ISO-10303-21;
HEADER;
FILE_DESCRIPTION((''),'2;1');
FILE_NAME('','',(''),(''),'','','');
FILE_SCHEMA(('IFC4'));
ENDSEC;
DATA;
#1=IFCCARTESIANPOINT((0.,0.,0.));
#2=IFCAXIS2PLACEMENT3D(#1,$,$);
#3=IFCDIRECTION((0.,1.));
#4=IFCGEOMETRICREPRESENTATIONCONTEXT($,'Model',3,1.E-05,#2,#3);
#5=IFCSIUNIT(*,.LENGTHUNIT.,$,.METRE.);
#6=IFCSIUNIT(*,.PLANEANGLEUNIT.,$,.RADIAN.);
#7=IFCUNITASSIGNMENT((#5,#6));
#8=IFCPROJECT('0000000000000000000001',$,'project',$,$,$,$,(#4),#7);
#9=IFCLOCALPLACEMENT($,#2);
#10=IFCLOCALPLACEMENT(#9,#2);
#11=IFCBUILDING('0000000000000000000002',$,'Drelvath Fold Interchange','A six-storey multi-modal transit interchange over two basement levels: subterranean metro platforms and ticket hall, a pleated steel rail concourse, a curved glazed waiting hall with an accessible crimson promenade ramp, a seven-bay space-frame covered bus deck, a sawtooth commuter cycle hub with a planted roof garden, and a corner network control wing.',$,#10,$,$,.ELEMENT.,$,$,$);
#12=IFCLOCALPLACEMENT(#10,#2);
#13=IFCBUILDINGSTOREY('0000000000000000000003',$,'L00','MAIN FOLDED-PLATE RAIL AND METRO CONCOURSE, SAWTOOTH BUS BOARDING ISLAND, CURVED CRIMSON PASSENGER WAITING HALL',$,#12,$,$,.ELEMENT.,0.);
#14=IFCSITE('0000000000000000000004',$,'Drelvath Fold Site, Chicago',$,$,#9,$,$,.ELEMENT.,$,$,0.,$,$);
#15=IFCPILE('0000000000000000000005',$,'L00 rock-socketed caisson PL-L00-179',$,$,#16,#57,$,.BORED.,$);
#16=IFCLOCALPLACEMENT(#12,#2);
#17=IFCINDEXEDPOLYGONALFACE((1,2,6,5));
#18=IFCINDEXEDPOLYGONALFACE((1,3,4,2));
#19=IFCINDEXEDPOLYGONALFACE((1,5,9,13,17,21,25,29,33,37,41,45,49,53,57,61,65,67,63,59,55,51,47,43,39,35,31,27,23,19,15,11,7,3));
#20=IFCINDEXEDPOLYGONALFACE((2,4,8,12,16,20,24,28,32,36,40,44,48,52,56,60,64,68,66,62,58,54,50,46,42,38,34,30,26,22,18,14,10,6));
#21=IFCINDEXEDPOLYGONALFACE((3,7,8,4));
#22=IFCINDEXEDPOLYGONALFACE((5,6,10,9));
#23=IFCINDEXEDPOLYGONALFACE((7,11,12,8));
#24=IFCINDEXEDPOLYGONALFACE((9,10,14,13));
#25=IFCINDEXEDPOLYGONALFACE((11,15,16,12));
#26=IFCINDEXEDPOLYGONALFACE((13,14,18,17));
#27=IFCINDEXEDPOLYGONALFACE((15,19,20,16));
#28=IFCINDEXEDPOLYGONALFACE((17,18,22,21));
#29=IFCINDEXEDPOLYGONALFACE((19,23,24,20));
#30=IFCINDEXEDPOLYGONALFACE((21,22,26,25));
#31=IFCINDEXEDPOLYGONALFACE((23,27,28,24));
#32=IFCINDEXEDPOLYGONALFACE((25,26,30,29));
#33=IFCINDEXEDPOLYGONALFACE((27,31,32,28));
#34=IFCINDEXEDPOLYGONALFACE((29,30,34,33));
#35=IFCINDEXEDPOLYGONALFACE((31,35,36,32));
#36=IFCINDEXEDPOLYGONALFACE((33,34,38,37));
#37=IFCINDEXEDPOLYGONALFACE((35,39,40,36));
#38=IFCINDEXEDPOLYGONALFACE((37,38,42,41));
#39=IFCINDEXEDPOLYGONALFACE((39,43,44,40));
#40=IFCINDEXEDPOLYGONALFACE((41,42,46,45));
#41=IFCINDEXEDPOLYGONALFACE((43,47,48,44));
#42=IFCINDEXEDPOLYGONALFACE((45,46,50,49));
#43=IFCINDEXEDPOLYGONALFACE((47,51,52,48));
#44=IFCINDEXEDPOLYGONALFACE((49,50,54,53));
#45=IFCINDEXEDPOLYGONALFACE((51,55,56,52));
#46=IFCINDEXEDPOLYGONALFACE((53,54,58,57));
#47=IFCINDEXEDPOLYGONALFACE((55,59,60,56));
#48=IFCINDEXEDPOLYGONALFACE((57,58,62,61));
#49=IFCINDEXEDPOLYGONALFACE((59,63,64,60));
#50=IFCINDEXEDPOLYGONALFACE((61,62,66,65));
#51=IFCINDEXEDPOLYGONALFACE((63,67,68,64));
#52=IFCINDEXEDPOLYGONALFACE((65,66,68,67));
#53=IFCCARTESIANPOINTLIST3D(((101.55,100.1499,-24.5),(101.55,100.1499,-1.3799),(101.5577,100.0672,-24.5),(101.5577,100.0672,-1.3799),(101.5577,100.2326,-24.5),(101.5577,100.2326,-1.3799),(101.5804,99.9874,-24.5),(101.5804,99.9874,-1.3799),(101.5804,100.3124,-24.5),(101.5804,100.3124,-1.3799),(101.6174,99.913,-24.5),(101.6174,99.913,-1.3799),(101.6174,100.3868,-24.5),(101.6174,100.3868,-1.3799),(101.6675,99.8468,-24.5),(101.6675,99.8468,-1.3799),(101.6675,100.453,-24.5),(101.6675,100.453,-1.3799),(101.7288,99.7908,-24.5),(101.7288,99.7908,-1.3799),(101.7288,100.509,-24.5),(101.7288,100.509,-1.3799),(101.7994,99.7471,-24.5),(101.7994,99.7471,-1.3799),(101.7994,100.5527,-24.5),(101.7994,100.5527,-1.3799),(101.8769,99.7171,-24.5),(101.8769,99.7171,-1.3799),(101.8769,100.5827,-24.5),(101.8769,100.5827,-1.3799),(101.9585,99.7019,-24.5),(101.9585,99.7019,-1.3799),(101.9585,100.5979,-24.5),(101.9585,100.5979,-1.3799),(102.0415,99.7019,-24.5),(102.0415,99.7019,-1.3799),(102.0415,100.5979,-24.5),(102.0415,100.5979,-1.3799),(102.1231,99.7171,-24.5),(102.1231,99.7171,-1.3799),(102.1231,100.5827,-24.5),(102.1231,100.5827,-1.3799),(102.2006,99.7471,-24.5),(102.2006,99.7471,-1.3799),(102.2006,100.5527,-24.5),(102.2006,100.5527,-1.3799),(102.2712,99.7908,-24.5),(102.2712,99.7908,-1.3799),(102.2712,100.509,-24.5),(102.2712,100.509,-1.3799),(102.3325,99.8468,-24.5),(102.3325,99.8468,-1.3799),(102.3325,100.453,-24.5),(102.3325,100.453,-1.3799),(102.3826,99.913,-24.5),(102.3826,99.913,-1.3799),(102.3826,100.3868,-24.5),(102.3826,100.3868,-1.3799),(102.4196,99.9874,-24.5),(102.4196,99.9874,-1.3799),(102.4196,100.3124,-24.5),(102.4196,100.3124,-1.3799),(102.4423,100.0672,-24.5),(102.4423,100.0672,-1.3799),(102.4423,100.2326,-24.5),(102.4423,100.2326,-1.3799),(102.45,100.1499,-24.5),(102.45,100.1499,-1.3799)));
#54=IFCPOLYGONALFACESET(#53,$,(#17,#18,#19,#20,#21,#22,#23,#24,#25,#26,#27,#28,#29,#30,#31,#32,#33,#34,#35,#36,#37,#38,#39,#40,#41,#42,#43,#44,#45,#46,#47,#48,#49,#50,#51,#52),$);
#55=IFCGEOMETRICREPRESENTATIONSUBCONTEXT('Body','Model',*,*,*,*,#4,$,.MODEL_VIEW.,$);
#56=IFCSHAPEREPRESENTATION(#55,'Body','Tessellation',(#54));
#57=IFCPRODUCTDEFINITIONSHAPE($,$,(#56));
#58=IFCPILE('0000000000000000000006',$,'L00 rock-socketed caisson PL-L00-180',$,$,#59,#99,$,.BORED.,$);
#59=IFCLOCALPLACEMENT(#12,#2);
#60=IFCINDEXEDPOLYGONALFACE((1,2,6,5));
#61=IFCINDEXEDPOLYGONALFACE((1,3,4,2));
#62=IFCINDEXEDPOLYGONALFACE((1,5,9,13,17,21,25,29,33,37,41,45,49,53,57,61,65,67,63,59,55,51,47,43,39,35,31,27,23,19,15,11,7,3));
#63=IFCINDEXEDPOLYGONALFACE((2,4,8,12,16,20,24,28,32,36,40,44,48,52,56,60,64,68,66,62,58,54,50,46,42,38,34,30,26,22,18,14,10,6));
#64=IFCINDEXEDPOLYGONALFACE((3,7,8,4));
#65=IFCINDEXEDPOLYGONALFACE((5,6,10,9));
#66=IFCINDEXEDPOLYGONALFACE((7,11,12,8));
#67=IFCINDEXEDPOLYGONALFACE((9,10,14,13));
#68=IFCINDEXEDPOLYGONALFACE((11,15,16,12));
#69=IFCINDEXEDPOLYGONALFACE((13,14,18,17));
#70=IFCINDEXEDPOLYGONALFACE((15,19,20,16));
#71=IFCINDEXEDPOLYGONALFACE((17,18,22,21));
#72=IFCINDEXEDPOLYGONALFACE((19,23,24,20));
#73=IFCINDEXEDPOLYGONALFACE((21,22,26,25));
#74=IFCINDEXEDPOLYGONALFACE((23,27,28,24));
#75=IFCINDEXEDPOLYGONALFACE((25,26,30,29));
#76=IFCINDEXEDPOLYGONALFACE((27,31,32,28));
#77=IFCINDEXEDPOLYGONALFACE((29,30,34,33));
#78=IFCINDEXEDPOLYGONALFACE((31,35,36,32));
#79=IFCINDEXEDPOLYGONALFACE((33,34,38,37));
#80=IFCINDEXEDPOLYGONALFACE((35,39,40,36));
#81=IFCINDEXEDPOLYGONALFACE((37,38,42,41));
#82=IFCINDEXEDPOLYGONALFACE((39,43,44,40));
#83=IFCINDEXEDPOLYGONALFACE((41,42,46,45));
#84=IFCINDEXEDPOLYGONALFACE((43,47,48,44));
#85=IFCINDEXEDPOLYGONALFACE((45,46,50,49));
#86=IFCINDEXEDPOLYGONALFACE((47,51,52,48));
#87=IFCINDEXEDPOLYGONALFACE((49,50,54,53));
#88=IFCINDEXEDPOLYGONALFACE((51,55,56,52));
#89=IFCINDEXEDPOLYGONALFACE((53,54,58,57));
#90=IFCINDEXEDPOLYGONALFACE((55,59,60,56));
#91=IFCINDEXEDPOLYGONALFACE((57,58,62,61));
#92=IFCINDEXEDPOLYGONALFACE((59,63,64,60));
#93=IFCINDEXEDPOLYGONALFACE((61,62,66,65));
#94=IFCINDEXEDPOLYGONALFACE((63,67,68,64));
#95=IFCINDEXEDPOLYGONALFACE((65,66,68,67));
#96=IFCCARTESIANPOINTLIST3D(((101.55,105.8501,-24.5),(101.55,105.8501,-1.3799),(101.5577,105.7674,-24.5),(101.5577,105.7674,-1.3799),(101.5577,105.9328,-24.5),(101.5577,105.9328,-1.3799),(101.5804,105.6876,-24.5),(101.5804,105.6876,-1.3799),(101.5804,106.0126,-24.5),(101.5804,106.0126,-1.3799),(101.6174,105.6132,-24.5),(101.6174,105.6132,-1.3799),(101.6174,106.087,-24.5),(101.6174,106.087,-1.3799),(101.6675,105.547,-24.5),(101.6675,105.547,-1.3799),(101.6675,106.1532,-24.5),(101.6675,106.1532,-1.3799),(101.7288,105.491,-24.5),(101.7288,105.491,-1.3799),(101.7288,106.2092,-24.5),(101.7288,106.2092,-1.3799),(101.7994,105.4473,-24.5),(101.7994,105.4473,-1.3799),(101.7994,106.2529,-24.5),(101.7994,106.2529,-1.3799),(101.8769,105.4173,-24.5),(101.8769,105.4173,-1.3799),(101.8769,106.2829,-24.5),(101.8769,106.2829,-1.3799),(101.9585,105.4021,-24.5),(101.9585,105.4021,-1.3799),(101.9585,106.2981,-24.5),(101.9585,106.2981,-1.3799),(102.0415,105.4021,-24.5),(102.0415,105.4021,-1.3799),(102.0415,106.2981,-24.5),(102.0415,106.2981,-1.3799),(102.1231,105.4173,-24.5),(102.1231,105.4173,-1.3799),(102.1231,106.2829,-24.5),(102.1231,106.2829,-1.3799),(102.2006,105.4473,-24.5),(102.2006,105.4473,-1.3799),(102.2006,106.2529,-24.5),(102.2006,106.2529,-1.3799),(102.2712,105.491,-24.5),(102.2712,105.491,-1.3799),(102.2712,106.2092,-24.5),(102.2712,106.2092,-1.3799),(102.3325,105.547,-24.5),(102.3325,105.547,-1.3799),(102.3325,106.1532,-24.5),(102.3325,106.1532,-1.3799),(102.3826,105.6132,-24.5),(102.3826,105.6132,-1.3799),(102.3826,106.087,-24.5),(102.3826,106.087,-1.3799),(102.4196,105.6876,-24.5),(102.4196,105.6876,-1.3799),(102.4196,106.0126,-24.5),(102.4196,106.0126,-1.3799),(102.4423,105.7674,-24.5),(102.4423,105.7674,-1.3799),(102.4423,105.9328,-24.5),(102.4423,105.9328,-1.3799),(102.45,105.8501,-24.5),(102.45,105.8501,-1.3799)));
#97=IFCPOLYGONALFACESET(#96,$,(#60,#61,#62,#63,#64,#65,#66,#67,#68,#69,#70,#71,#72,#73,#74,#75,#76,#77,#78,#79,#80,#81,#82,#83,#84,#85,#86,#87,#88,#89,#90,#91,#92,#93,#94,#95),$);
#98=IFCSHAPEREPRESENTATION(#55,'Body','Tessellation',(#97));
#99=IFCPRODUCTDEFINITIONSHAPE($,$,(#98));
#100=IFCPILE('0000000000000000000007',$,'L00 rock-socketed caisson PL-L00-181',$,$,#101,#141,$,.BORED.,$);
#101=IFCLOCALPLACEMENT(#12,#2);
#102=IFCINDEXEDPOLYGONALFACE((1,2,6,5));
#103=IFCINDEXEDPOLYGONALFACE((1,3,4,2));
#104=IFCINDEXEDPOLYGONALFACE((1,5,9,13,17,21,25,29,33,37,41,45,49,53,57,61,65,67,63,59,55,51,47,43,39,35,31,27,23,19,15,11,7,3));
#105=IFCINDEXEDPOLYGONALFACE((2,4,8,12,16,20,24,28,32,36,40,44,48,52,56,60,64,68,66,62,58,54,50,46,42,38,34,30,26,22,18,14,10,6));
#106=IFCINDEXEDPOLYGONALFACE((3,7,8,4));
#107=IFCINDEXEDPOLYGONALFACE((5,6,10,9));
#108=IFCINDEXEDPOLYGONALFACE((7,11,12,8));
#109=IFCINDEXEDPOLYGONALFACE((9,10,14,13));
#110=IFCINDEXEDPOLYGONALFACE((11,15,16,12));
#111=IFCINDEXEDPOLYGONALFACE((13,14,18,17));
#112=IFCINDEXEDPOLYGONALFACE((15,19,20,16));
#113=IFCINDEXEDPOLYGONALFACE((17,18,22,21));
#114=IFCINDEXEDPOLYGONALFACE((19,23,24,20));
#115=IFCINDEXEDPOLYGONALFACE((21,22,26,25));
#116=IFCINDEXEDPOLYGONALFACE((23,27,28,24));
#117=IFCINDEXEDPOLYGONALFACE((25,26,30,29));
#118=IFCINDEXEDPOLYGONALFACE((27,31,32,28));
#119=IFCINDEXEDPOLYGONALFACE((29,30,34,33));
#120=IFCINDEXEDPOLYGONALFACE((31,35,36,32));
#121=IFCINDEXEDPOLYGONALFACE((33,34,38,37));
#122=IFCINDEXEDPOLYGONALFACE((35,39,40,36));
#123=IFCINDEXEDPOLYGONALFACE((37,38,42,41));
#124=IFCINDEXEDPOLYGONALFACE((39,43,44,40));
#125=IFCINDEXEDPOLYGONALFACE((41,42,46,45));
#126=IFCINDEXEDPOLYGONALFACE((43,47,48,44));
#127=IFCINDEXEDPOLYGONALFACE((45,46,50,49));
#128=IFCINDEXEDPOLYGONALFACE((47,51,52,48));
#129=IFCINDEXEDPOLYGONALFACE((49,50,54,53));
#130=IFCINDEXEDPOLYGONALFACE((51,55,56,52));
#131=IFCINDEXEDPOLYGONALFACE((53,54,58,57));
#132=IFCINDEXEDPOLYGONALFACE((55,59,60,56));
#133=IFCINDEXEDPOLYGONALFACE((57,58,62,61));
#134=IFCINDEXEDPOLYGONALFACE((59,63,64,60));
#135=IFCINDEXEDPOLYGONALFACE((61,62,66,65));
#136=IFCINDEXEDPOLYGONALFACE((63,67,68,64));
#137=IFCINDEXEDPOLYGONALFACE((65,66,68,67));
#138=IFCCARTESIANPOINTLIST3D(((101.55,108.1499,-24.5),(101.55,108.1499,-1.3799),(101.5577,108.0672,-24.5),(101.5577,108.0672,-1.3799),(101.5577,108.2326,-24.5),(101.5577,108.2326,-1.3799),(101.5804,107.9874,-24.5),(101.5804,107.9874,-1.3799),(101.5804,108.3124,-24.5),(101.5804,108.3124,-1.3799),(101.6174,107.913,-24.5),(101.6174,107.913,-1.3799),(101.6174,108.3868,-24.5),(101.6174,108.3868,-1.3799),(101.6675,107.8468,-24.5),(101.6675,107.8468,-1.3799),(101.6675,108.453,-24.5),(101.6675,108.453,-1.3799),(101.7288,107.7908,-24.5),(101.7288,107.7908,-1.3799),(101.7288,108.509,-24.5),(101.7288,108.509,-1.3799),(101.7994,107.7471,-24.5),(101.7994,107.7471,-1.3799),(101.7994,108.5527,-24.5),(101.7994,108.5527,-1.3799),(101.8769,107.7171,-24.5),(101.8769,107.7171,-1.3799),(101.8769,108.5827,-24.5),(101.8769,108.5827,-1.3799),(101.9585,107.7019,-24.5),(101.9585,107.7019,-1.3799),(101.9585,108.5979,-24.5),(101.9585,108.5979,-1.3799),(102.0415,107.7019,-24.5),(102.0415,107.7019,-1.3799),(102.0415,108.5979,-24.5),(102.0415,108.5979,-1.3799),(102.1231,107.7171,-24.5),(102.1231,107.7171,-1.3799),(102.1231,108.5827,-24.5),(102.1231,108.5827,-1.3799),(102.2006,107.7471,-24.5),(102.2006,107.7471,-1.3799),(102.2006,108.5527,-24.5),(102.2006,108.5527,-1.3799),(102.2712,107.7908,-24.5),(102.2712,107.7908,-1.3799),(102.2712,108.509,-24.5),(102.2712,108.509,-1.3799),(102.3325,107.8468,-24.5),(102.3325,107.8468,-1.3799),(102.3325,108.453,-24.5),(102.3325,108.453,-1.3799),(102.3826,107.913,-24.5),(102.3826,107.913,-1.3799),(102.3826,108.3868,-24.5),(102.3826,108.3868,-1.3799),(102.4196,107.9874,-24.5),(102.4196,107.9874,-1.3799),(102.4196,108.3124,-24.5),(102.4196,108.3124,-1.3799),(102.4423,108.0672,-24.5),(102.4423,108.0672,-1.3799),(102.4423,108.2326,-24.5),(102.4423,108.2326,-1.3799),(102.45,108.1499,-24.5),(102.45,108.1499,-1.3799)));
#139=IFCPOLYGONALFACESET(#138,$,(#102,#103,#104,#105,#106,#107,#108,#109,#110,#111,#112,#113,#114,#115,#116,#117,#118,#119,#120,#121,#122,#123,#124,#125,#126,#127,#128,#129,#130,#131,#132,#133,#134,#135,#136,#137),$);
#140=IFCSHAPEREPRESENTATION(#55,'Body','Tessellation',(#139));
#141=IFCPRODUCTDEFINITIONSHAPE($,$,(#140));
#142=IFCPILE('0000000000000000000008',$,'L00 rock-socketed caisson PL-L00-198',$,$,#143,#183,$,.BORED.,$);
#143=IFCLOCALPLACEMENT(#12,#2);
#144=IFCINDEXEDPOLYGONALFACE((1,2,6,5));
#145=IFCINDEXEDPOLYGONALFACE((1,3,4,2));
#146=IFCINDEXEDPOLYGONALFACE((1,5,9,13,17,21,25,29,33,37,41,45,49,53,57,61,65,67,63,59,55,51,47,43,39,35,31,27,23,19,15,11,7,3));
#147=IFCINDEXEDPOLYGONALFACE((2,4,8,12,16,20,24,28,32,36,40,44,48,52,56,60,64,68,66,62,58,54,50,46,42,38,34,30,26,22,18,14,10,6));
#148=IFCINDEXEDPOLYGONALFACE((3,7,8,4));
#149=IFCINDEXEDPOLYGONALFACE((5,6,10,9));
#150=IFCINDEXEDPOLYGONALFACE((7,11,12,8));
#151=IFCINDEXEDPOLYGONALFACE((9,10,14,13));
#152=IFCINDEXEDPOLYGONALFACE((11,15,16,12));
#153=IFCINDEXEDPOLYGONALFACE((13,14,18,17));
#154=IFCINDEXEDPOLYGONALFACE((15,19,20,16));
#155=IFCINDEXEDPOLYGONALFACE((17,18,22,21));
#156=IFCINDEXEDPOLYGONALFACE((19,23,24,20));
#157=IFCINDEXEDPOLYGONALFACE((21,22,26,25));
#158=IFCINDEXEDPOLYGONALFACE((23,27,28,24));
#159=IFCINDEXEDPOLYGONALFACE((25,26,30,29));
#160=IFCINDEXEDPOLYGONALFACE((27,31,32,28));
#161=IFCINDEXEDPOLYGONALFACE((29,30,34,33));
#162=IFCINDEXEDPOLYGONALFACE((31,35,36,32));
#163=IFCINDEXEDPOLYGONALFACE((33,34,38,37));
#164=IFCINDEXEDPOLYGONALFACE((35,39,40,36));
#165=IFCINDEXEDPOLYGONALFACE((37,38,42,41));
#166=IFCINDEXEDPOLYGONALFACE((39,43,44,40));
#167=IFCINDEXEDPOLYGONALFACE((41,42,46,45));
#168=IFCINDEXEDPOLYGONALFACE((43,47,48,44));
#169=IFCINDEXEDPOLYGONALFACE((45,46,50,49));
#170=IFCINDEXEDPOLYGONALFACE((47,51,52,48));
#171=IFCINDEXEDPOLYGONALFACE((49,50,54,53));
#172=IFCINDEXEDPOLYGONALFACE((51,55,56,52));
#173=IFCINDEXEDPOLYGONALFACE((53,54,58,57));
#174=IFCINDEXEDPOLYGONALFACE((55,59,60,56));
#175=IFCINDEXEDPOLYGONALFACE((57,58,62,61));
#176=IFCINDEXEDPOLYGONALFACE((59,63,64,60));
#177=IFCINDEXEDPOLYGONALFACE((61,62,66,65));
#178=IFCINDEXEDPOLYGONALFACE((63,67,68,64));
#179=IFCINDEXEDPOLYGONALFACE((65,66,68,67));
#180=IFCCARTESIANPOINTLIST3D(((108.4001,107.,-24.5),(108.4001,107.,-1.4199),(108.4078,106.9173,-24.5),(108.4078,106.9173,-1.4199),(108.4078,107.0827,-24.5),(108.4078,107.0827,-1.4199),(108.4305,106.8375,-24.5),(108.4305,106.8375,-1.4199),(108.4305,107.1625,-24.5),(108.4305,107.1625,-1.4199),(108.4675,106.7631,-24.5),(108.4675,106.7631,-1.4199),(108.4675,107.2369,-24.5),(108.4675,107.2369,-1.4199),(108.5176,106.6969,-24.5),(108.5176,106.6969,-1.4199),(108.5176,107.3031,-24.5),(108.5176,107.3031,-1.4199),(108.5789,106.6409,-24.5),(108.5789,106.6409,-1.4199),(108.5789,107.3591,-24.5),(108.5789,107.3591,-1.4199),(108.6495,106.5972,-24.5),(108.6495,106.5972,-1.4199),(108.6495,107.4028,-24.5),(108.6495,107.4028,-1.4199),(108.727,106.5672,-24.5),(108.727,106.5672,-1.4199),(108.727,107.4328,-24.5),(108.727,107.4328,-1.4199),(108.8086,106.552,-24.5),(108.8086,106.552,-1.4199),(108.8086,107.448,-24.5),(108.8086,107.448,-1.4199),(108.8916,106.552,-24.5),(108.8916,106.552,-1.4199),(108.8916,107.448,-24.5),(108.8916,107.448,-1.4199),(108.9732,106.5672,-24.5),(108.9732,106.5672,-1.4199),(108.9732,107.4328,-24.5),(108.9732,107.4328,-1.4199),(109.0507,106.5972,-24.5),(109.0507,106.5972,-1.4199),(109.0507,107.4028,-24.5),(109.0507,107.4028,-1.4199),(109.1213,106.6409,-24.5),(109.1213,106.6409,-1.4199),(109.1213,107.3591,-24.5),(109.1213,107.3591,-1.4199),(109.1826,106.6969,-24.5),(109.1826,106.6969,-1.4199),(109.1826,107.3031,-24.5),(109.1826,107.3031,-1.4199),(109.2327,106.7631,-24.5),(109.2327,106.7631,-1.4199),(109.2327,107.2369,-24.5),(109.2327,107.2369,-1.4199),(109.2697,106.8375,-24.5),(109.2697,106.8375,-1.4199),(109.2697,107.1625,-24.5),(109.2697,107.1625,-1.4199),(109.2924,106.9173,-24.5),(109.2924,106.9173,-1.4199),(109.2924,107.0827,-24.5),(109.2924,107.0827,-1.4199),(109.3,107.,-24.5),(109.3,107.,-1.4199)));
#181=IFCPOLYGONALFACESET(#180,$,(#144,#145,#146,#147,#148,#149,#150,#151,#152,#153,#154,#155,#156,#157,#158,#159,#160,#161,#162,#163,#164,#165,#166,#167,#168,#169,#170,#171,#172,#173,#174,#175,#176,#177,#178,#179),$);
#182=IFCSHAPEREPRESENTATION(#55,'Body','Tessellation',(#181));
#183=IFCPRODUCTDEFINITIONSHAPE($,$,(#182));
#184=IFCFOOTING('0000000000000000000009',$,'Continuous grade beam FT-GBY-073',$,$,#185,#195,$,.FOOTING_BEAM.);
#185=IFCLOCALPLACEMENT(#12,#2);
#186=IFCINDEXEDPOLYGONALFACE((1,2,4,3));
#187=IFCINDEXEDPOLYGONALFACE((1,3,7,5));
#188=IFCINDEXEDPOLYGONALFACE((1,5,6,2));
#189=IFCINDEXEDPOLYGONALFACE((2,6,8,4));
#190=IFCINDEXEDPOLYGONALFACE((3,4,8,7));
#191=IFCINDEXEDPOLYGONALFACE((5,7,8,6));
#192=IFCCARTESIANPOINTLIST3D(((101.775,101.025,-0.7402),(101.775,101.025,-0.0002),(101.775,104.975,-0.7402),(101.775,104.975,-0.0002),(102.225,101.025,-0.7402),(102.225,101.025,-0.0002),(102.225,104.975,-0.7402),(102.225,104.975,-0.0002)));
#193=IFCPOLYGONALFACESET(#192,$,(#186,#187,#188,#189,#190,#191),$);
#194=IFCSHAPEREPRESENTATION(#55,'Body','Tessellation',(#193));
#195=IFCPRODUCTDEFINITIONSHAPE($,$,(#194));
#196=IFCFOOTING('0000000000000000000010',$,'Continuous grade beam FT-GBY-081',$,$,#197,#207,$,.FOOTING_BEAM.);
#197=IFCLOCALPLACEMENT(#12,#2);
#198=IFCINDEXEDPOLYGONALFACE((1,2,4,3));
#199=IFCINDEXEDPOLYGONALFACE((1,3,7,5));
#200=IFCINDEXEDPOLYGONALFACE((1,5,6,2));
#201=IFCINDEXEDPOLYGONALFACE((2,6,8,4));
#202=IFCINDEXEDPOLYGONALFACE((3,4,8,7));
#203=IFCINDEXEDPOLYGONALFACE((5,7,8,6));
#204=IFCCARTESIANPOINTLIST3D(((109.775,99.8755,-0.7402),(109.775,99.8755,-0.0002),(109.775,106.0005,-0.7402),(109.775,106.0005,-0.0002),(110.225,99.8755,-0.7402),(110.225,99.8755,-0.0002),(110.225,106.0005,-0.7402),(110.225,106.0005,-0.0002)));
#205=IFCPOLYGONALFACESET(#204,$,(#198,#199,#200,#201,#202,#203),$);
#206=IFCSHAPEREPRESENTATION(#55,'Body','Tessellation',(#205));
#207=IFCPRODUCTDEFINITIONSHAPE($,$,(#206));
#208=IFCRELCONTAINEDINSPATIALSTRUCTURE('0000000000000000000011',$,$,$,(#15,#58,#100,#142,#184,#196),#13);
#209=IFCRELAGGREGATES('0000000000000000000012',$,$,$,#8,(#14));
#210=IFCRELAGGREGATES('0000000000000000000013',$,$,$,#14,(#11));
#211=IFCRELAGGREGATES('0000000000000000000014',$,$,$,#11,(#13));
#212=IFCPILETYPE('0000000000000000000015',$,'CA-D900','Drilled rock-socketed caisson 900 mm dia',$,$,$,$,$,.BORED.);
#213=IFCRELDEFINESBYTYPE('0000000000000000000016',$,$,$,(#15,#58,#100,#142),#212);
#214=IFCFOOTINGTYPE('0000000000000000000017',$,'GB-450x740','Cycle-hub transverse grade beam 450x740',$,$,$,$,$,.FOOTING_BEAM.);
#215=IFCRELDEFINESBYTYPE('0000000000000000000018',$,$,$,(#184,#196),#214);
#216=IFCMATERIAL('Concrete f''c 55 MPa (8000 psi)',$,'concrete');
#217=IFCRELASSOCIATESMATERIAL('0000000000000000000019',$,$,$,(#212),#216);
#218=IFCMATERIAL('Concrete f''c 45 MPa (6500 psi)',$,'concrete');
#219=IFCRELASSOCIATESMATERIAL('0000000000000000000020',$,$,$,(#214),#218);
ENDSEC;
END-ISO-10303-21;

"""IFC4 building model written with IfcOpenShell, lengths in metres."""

from ifc_helpers import new_model, si_unit, direction, frame, origin, origin_2d, place, context, subcontext, project, spatial, rectangle, circle, extrude, material, material_profile, profile_set, type_object, element, save


model = new_model("IFC4")

# Units and contexts
model_context = context("Model", 3, precision=1e-05, world=origin(), true_north=direction((0.0, 1.0)))
body_context = subcontext(model_context, "Body", "Model", "MODEL_VIEW")
ifc_project = project(units=[si_unit("LENGTHUNIT", "METRE"), si_unit("PLANEANGLEUNIT", "RADIAN")], contexts=[model_context])

# Site, building, storey
site_placement = place(None, origin())
site = spatial("IfcSite", under=ifc_project, at=site_placement, Name="Drelvath Fold Site, Chicago", CompositionType="ELEMENT", RefElevation=0.0)
building_placement = place(site_placement, origin())
building = spatial("IfcBuilding", under=site, at=building_placement, Name="Drelvath Fold Interchange", Description="A six-storey multi-modal transit interchange over two basement levels: subterranean metro platforms and ticket hall, a pleated steel rail concourse, a curved glazed waiting hall with an accessible crimson promenade ramp, a seven-bay space-frame covered bus deck, a sawtooth commuter cycle hub with a planted roof garden, and a corner network control wing.", CompositionType="ELEMENT")
storey_placement = place(building_placement, origin())
storey = spatial("IfcBuildingStorey", under=building, at=storey_placement, Name="L00", Description="MAIN FOLDED-PLATE RAIL AND METRO CONCOURSE, SAWTOOTH BUS BOARDING ISLAND, CURVED CRIMSON PASSENGER WAITING HALL", CompositionType="ELEMENT", Elevation=0.0)

# Piles
ifc_material_1 = material(Name="Concrete f'c 55 MPa (8000 psi)", Category="concrete")
ifc_material_profile_1 = material_profile(ifc_material_1, circle(Radius=0.45, at=origin_2d()), Name="CAISSON D900")
ifc_profile_set_1 = profile_set([ifc_material_profile_1], Name="Concrete f'c 55 MPa (8000 psi)")
pile_type = type_object("IfcPileType", Name="CA-D900", Description="Drilled rock-socketed caisson 900 mm dia", PredefinedType="BORED", material=ifc_profile_set_1)
for number, where, z_axis, x_axis, name in (
    (1, (102.0, 100.1499, -1.3799), (0.0, 0.0, -1.0), (1.0, 0.0, 0.0), "L00 rock-socketed caisson PL-L00-179"),
    (2, (102.0, 105.8501, -1.3799), (0.0, 0.0, -1.0), (1.0, 0.0, 0.0), "L00 rock-socketed caisson PL-L00-180"),
    (3, (102.0, 108.1499, -1.3799), (0.0, 0.0, -1.0), (1.0, 0.0, 0.0), "L00 rock-socketed caisson PL-L00-181"),
):
    element("IfcPile", number, at=place(storey_placement, frame(where, z_axis=z_axis, x_axis=x_axis)), inside=storey, type_object=pile_type, Name=name, PredefinedType="BORED", context=body_context, shape_type="SweptSolid", body=[
        extrude(circle(Radius=0.45, at=origin_2d()), origin(), (0.0, 0.0, 1.0), 23.1201),
    ])
pile_placement = place(storey_placement, frame((108.8501, 107.0, -1.4199), z_axis=(0.0, 0.0, -1.0), x_axis=(1.0, 0.0, 0.0)))
element("IfcPile", 4, at=pile_placement, inside=storey, type_object=pile_type, Name="L00 rock-socketed caisson PL-L00-198", PredefinedType="BORED", context=body_context, shape_type="SweptSolid", body=[
    extrude(circle(Radius=0.45, at=origin_2d()), origin(), (0.0, 0.0, 1.0), 23.0801),
])

# Footings
ifc_material_2 = material(Name="Concrete f'c 45 MPa (6500 psi)", Category="concrete")
footing_type_1 = type_object("IfcFootingType", Name="GB-450x740", Description="Cycle-hub transverse grade beam 450x740", PredefinedType="FOOTING_BEAM", material=ifc_material_2)
footing_1_placement = place(storey_placement, frame((102.0, 103.0, -0.7402), z_axis=(0.0, 0.0, 1.0), x_axis=(1.0, 0.0, 0.0)))
element("IfcFooting", 5, at=footing_1_placement, inside=storey, type_object=footing_type_1, Name="Continuous grade beam FT-GBY-073", PredefinedType="FOOTING_BEAM", context=body_context, shape_type="SweptSolid", body=[
    extrude(rectangle(XDim=0.45, YDim=3.95, at=origin_2d()), origin(), (0.0, 0.0, 1.0), 0.74),
])
footing_2_placement = place(storey_placement, frame((110.0, 102.938, -0.7402), z_axis=(0.0, 0.0, 1.0), x_axis=(1.0, 0.0, 0.0)))
element("IfcFooting", 6, at=footing_2_placement, inside=storey, type_object=footing_type_1, Name="Continuous grade beam FT-GBY-081", PredefinedType="FOOTING_BEAM", context=body_context, shape_type="SweptSolid", body=[
    extrude(rectangle(XDim=0.45, YDim=6.125, at=origin_2d()), origin(), (0.0, 0.0, 1.0), 0.74),
])

save(model, "model.ifc")
